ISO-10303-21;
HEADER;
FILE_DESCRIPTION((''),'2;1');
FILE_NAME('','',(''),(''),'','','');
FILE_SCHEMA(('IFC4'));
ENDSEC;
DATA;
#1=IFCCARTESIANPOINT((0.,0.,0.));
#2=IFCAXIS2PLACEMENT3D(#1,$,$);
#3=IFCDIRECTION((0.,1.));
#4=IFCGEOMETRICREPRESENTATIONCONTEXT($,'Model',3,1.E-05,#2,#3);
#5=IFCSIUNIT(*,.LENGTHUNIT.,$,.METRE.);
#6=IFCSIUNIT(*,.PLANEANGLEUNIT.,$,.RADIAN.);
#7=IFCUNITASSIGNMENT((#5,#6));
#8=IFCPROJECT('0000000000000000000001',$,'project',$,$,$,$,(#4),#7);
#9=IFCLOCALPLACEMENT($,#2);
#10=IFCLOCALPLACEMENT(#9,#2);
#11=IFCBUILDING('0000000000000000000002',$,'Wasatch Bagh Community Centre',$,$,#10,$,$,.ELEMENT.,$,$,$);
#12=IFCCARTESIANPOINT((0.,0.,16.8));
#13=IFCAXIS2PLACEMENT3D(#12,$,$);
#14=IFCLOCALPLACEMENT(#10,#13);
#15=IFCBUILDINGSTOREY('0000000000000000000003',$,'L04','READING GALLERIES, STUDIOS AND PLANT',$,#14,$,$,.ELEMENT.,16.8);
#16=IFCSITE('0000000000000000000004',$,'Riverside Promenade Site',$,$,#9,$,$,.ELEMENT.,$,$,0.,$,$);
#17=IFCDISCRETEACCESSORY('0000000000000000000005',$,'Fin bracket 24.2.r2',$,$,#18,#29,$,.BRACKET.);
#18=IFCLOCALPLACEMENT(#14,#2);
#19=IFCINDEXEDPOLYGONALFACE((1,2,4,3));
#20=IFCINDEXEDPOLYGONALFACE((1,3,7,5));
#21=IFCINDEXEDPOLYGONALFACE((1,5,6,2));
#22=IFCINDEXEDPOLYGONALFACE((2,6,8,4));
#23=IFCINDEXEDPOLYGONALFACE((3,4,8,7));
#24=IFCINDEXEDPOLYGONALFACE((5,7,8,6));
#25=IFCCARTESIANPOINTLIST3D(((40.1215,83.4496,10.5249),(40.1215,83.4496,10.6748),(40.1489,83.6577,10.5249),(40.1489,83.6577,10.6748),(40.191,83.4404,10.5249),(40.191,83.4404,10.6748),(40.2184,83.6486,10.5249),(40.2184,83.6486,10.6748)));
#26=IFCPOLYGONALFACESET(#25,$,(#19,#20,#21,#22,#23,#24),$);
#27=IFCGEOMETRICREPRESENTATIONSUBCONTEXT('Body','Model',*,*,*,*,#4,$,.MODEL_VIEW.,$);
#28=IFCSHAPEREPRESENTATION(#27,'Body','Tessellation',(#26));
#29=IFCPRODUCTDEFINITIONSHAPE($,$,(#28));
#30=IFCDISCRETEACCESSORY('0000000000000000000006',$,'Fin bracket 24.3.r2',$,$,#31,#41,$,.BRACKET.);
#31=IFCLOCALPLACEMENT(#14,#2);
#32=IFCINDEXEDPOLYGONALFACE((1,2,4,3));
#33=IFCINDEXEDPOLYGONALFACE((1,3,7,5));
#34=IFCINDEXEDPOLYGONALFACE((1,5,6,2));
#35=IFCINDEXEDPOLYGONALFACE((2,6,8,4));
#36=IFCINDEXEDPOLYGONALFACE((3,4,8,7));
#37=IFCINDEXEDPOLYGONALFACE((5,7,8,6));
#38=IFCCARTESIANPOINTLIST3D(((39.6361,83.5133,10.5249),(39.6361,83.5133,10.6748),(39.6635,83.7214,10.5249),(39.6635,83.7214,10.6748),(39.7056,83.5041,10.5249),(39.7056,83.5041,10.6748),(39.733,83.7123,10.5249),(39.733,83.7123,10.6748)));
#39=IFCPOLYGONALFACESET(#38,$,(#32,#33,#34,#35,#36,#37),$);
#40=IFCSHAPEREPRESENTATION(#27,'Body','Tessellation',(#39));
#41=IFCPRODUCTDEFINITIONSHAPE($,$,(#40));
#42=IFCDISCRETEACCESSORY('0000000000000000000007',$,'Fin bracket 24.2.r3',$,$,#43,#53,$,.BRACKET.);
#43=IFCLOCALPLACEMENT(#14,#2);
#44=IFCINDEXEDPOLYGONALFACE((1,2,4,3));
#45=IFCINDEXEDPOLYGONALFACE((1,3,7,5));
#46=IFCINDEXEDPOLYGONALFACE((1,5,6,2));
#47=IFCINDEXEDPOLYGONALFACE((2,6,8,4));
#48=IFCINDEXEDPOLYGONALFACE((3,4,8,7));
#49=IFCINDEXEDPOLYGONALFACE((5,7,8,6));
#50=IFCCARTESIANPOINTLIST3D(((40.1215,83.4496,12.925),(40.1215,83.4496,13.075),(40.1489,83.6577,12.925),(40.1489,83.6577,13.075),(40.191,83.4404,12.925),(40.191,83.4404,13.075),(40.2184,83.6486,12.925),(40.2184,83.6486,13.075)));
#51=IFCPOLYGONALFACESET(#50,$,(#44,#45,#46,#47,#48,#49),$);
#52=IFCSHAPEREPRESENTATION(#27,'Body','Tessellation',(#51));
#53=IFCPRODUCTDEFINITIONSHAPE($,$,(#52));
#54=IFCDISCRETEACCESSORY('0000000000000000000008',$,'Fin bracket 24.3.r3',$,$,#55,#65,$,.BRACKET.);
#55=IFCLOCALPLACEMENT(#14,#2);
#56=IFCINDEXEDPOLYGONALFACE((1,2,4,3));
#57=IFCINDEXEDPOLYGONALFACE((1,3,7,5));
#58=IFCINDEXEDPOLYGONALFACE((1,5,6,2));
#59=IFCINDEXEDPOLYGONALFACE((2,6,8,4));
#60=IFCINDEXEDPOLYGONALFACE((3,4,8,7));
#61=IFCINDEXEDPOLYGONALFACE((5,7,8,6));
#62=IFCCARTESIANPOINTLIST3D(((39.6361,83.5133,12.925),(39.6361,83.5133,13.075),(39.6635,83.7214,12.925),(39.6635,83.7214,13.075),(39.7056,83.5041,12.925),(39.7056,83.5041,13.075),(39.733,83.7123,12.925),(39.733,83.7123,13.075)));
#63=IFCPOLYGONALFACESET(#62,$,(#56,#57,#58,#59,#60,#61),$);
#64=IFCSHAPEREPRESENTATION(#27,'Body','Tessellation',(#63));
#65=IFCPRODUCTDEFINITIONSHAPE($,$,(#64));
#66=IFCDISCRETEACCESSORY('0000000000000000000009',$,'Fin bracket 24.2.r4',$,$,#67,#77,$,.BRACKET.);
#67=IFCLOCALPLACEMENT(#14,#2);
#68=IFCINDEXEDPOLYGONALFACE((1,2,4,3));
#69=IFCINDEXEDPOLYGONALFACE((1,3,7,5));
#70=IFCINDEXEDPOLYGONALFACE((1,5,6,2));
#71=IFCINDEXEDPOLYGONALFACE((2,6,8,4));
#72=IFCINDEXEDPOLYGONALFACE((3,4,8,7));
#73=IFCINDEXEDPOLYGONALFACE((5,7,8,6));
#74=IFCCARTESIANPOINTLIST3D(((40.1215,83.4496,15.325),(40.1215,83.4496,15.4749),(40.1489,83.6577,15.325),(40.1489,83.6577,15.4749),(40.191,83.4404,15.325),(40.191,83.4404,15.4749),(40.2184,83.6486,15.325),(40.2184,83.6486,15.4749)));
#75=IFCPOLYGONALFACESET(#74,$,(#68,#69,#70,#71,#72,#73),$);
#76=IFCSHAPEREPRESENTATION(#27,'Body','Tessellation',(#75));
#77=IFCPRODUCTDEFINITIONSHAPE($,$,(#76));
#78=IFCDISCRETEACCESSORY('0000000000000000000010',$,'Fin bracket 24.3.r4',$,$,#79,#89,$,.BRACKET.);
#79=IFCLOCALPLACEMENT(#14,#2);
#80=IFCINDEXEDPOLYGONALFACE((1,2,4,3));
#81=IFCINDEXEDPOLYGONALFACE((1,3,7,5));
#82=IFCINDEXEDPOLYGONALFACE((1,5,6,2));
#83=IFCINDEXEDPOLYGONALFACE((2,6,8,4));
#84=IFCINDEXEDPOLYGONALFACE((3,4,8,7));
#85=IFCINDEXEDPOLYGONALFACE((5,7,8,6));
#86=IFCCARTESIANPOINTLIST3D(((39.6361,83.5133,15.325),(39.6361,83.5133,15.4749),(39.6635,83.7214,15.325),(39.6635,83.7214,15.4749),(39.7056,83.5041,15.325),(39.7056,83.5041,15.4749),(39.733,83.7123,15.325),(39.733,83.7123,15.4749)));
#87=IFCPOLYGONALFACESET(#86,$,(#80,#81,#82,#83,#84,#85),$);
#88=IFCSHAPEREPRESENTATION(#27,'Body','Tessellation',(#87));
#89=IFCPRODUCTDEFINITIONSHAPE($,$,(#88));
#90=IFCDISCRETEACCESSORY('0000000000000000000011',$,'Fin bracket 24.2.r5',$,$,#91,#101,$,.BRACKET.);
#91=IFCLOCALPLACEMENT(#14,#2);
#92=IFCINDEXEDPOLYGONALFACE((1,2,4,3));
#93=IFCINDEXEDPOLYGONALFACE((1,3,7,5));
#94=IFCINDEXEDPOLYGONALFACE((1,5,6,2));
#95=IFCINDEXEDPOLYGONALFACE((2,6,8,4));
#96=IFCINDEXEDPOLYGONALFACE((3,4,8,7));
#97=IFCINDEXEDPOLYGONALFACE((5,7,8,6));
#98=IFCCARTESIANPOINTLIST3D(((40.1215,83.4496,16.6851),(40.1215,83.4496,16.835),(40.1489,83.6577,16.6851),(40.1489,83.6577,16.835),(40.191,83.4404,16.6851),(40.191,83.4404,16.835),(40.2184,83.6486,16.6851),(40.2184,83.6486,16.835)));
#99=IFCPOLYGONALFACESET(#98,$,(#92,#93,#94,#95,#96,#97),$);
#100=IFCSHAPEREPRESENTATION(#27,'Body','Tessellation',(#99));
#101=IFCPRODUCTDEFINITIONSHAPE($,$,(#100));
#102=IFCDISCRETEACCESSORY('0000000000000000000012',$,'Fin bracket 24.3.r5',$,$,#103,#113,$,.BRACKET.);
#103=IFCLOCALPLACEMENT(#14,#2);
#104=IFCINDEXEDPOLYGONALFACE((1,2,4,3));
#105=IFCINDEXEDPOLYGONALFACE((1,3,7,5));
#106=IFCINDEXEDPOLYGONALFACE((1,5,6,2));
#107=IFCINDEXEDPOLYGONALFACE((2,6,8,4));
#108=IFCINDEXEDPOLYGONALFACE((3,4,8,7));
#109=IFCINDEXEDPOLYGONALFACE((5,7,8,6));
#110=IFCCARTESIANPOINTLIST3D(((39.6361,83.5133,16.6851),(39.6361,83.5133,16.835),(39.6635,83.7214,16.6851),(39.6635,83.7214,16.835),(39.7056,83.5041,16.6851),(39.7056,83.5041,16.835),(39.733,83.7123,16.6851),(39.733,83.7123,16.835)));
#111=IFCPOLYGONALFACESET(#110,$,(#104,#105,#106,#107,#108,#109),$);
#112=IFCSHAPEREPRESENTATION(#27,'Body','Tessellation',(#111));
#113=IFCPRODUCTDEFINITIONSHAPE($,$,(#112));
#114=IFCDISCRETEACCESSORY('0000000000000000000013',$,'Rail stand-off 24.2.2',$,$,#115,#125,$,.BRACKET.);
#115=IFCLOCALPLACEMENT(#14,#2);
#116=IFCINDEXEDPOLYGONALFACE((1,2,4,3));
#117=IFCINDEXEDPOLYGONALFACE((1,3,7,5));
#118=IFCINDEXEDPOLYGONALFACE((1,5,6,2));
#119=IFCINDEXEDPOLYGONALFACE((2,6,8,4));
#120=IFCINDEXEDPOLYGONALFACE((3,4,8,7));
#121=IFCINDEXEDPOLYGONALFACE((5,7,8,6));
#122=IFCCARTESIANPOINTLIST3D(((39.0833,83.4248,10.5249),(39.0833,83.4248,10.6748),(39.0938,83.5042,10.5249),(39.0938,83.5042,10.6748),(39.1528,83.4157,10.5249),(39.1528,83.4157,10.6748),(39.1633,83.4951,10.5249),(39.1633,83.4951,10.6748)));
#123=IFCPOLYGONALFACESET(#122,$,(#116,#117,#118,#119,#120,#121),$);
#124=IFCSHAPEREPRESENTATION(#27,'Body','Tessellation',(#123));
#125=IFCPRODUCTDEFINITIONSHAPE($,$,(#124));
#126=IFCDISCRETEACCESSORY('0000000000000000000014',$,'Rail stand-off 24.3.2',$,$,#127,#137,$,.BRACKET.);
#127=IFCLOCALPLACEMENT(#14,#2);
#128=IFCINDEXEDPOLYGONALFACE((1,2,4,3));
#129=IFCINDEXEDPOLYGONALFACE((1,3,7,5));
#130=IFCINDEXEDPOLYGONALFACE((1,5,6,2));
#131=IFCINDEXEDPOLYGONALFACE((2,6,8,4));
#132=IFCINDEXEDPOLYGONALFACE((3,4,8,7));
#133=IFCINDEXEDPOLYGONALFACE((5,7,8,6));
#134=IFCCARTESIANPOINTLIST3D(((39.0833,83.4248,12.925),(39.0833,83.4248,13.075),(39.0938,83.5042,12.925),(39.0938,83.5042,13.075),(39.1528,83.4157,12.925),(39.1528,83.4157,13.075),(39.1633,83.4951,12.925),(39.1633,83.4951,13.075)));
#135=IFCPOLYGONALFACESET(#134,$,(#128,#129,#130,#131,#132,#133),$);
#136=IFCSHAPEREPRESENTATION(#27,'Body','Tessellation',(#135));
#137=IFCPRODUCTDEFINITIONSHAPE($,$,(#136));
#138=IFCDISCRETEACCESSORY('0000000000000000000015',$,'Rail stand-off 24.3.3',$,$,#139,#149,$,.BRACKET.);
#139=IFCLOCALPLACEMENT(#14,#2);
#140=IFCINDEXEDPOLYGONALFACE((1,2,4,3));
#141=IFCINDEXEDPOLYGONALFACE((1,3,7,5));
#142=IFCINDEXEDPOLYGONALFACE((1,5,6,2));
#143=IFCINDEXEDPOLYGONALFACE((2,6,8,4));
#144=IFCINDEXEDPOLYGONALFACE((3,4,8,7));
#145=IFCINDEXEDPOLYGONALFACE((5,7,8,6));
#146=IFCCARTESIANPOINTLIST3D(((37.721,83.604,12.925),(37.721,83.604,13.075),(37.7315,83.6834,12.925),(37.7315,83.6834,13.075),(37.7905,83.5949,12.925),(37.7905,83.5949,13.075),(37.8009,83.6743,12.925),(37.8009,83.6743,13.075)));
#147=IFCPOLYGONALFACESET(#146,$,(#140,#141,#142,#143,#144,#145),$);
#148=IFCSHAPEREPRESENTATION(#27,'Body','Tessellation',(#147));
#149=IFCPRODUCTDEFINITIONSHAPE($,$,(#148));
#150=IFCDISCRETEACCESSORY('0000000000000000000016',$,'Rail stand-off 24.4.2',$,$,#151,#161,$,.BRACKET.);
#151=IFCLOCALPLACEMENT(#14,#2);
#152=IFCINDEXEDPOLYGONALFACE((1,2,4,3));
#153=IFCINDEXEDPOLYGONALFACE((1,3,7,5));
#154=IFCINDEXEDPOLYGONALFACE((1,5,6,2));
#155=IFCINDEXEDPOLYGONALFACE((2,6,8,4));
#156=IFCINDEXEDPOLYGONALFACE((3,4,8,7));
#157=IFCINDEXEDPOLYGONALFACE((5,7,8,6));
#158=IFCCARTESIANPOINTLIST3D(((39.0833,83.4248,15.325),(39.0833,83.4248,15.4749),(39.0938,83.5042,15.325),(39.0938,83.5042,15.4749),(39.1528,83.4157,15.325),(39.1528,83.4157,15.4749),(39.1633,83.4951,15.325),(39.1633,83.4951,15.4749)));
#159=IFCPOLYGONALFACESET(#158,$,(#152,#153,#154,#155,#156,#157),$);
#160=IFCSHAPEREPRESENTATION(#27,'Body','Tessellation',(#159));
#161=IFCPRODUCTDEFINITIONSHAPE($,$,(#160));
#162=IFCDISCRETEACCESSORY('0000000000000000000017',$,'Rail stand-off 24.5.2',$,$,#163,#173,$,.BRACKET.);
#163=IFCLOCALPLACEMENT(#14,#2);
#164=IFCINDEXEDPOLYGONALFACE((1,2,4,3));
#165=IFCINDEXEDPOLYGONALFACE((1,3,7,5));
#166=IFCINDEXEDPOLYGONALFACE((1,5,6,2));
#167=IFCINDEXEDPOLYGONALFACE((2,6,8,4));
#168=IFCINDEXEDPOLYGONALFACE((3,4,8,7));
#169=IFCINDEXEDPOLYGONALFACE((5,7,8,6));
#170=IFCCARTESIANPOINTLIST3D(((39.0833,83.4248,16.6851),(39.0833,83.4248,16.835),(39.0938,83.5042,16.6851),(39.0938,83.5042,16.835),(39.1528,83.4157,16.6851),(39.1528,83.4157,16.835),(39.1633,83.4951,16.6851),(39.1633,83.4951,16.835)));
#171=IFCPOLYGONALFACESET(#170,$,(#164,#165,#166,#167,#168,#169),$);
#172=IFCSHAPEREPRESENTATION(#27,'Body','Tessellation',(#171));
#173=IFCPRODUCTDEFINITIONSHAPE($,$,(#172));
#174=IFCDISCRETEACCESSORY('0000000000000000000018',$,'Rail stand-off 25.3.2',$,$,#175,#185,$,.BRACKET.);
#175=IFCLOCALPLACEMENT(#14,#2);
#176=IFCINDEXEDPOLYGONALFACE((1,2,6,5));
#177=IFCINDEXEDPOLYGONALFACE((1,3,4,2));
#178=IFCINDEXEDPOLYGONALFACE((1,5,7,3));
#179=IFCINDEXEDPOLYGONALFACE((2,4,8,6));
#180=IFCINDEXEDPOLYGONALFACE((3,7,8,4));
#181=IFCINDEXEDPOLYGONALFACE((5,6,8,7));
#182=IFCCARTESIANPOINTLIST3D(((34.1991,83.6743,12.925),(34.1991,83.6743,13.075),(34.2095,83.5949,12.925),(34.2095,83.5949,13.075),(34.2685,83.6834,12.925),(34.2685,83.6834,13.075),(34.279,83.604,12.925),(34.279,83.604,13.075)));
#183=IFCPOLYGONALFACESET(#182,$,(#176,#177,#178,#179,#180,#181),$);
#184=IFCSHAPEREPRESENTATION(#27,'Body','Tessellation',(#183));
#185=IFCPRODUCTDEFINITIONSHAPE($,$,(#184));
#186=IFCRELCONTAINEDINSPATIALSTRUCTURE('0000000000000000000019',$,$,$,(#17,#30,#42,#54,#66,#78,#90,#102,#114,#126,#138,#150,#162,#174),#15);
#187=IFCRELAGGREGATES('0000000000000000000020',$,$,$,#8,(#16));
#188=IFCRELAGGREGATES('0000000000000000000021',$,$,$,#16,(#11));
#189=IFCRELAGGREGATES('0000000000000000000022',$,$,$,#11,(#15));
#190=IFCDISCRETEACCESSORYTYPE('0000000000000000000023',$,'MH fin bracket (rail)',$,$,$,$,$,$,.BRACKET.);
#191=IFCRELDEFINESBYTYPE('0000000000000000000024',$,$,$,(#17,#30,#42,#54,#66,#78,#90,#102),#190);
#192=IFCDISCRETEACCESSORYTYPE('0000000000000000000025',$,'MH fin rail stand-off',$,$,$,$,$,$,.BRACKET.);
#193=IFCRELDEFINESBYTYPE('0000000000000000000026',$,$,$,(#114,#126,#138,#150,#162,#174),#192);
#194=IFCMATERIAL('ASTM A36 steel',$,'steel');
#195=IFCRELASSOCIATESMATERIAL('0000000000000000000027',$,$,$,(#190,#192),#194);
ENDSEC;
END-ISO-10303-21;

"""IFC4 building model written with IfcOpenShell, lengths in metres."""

from ifc_helpers import new_model, si_unit, direction, frame, origin, origin_2d, place, context, subcontext, project, spatial, rectangle, extrude, material, type_object, element, save


model = new_model("IFC4")

# Units and contexts
model_context = context("Model", 3, precision=1e-05, world=origin(), true_north=direction((0.0, 1.0)))
body_context = subcontext(model_context, "Body", "Model", "MODEL_VIEW")
ifc_project = project(units=[si_unit("LENGTHUNIT", "METRE"), si_unit("PLANEANGLEUNIT", "RADIAN")], contexts=[model_context])

# Site, building, storey
site_placement = place(None, origin())
site = spatial("IfcSite", under=ifc_project, at=site_placement, Name="Riverside Promenade Site", CompositionType="ELEMENT", RefElevation=0.0)
building_placement = place(site_placement, origin())
building = spatial("IfcBuilding", under=site, at=building_placement, Name="Wasatch Bagh Community Centre", CompositionType="ELEMENT")
storey_placement = place(building_placement, frame((0.0, 0.0, 16.8)))
storey = spatial("IfcBuildingStorey", under=building, at=storey_placement, Name="L04", Description="READING GALLERIES, STUDIOS AND PLANT", CompositionType="ELEMENT", Elevation=16.8)

# Discrete accessories
ifc_material_1 = material(Name="ASTM A36 steel", Category="steel")
discrete_accessory_type_1 = type_object("IfcDiscreteAccessoryType", Name="MH fin bracket (rail)", PredefinedType="BRACKET", material=ifc_material_1)
for number, where, z_axis, x_axis, name in (
    (1, (40.1699, 83.5491, 10.5249), (0.0, 0.0, 1.0), (-0.991445, 0.130526, 0.0), "Fin bracket 24.2.r2"),
    (2, (39.6846, 83.6128, 10.5249), (0.0, 0.0, 1.0), (-0.991445, 0.130526, 0.0), "Fin bracket 24.3.r2"),
    (3, (40.1699, 83.5491, 12.925), (0.0, 0.0, 1.0), (-0.991445, 0.130526, 0.0), "Fin bracket 24.2.r3"),
    (4, (39.6846, 83.6128, 12.925), (0.0, 0.0, 1.0), (-0.991445, 0.130526, 0.0), "Fin bracket 24.3.r3"),
    (5, (40.1699, 83.5491, 15.325), (0.0, 0.0, 1.0), (-0.991445, 0.130526, 0.0), "Fin bracket 24.2.r4"),
    (6, (39.6846, 83.6128, 15.325), (0.0, 0.0, 1.0), (-0.991445, 0.130526, 0.0), "Fin bracket 24.3.r4"),
    (7, (40.1699, 83.5491, 16.6851), (0.0, 0.0, 1.0), (-0.991445, 0.130526, 0.0), "Fin bracket 24.2.r5"),
    (8, (39.6846, 83.6128, 16.6851), (0.0, 0.0, 1.0), (-0.991445, 0.130526, 0.0), "Fin bracket 24.3.r5"),
):
    element("IfcDiscreteAccessory", number, at=place(storey_placement, frame(where, z_axis=z_axis, x_axis=x_axis)), inside=storey, type_object=discrete_accessory_type_1, Name=name, PredefinedType="BRACKET", context=body_context, shape_type="SweptSolid", body=[
        extrude(rectangle(XDim=0.0701, YDim=0.21, at=origin_2d()), origin(), (0.0, 0.0, 1.0), 0.1499),
    ])
discrete_accessory_type_2 = type_object("IfcDiscreteAccessoryType", Name="MH fin rail stand-off", PredefinedType="BRACKET", material=ifc_material_1)
for number, where, z_axis, x_axis, name in (
    (9, (39.1233, 83.46, 10.5249), (0.0, 0.0, 1.0), (-0.991445, 0.130526, 0.0), "Rail stand-off 24.2.2"),
    (10, (39.1233, 83.46, 12.925), (0.0, 0.0, 1.0), (-0.991445, 0.130526, 0.0), "Rail stand-off 24.3.2"),
    (11, (37.761, 83.6392, 12.925), (0.0, 0.0, 1.0), (-0.991445, 0.130526, 0.0), "Rail stand-off 24.3.3"),
    (12, (39.1233, 83.46, 15.325), (0.0, 0.0, 1.0), (-0.991445, 0.130526, 0.0), "Rail stand-off 24.4.2"),
    (13, (39.1233, 83.46, 16.6851), (0.0, 0.0, 1.0), (-0.991445, 0.130526, 0.0), "Rail stand-off 24.5.2"),
    (14, (34.239, 83.6392, 12.925), (0.0, 0.0, 1.0), (-0.991445, -0.130526, 0.0), "Rail stand-off 25.3.2"),
):
    element("IfcDiscreteAccessory", number, at=place(storey_placement, frame(where, z_axis=z_axis, x_axis=x_axis)), inside=storey, type_object=discrete_accessory_type_2, Name=name, PredefinedType="BRACKET", context=body_context, shape_type="SweptSolid", body=[
        extrude(rectangle(XDim=0.0701, YDim=0.0801, at=origin_2d()), origin(), (0.0, 0.0, 1.0), 0.1499),
    ])

save(model, "model.ifc")
